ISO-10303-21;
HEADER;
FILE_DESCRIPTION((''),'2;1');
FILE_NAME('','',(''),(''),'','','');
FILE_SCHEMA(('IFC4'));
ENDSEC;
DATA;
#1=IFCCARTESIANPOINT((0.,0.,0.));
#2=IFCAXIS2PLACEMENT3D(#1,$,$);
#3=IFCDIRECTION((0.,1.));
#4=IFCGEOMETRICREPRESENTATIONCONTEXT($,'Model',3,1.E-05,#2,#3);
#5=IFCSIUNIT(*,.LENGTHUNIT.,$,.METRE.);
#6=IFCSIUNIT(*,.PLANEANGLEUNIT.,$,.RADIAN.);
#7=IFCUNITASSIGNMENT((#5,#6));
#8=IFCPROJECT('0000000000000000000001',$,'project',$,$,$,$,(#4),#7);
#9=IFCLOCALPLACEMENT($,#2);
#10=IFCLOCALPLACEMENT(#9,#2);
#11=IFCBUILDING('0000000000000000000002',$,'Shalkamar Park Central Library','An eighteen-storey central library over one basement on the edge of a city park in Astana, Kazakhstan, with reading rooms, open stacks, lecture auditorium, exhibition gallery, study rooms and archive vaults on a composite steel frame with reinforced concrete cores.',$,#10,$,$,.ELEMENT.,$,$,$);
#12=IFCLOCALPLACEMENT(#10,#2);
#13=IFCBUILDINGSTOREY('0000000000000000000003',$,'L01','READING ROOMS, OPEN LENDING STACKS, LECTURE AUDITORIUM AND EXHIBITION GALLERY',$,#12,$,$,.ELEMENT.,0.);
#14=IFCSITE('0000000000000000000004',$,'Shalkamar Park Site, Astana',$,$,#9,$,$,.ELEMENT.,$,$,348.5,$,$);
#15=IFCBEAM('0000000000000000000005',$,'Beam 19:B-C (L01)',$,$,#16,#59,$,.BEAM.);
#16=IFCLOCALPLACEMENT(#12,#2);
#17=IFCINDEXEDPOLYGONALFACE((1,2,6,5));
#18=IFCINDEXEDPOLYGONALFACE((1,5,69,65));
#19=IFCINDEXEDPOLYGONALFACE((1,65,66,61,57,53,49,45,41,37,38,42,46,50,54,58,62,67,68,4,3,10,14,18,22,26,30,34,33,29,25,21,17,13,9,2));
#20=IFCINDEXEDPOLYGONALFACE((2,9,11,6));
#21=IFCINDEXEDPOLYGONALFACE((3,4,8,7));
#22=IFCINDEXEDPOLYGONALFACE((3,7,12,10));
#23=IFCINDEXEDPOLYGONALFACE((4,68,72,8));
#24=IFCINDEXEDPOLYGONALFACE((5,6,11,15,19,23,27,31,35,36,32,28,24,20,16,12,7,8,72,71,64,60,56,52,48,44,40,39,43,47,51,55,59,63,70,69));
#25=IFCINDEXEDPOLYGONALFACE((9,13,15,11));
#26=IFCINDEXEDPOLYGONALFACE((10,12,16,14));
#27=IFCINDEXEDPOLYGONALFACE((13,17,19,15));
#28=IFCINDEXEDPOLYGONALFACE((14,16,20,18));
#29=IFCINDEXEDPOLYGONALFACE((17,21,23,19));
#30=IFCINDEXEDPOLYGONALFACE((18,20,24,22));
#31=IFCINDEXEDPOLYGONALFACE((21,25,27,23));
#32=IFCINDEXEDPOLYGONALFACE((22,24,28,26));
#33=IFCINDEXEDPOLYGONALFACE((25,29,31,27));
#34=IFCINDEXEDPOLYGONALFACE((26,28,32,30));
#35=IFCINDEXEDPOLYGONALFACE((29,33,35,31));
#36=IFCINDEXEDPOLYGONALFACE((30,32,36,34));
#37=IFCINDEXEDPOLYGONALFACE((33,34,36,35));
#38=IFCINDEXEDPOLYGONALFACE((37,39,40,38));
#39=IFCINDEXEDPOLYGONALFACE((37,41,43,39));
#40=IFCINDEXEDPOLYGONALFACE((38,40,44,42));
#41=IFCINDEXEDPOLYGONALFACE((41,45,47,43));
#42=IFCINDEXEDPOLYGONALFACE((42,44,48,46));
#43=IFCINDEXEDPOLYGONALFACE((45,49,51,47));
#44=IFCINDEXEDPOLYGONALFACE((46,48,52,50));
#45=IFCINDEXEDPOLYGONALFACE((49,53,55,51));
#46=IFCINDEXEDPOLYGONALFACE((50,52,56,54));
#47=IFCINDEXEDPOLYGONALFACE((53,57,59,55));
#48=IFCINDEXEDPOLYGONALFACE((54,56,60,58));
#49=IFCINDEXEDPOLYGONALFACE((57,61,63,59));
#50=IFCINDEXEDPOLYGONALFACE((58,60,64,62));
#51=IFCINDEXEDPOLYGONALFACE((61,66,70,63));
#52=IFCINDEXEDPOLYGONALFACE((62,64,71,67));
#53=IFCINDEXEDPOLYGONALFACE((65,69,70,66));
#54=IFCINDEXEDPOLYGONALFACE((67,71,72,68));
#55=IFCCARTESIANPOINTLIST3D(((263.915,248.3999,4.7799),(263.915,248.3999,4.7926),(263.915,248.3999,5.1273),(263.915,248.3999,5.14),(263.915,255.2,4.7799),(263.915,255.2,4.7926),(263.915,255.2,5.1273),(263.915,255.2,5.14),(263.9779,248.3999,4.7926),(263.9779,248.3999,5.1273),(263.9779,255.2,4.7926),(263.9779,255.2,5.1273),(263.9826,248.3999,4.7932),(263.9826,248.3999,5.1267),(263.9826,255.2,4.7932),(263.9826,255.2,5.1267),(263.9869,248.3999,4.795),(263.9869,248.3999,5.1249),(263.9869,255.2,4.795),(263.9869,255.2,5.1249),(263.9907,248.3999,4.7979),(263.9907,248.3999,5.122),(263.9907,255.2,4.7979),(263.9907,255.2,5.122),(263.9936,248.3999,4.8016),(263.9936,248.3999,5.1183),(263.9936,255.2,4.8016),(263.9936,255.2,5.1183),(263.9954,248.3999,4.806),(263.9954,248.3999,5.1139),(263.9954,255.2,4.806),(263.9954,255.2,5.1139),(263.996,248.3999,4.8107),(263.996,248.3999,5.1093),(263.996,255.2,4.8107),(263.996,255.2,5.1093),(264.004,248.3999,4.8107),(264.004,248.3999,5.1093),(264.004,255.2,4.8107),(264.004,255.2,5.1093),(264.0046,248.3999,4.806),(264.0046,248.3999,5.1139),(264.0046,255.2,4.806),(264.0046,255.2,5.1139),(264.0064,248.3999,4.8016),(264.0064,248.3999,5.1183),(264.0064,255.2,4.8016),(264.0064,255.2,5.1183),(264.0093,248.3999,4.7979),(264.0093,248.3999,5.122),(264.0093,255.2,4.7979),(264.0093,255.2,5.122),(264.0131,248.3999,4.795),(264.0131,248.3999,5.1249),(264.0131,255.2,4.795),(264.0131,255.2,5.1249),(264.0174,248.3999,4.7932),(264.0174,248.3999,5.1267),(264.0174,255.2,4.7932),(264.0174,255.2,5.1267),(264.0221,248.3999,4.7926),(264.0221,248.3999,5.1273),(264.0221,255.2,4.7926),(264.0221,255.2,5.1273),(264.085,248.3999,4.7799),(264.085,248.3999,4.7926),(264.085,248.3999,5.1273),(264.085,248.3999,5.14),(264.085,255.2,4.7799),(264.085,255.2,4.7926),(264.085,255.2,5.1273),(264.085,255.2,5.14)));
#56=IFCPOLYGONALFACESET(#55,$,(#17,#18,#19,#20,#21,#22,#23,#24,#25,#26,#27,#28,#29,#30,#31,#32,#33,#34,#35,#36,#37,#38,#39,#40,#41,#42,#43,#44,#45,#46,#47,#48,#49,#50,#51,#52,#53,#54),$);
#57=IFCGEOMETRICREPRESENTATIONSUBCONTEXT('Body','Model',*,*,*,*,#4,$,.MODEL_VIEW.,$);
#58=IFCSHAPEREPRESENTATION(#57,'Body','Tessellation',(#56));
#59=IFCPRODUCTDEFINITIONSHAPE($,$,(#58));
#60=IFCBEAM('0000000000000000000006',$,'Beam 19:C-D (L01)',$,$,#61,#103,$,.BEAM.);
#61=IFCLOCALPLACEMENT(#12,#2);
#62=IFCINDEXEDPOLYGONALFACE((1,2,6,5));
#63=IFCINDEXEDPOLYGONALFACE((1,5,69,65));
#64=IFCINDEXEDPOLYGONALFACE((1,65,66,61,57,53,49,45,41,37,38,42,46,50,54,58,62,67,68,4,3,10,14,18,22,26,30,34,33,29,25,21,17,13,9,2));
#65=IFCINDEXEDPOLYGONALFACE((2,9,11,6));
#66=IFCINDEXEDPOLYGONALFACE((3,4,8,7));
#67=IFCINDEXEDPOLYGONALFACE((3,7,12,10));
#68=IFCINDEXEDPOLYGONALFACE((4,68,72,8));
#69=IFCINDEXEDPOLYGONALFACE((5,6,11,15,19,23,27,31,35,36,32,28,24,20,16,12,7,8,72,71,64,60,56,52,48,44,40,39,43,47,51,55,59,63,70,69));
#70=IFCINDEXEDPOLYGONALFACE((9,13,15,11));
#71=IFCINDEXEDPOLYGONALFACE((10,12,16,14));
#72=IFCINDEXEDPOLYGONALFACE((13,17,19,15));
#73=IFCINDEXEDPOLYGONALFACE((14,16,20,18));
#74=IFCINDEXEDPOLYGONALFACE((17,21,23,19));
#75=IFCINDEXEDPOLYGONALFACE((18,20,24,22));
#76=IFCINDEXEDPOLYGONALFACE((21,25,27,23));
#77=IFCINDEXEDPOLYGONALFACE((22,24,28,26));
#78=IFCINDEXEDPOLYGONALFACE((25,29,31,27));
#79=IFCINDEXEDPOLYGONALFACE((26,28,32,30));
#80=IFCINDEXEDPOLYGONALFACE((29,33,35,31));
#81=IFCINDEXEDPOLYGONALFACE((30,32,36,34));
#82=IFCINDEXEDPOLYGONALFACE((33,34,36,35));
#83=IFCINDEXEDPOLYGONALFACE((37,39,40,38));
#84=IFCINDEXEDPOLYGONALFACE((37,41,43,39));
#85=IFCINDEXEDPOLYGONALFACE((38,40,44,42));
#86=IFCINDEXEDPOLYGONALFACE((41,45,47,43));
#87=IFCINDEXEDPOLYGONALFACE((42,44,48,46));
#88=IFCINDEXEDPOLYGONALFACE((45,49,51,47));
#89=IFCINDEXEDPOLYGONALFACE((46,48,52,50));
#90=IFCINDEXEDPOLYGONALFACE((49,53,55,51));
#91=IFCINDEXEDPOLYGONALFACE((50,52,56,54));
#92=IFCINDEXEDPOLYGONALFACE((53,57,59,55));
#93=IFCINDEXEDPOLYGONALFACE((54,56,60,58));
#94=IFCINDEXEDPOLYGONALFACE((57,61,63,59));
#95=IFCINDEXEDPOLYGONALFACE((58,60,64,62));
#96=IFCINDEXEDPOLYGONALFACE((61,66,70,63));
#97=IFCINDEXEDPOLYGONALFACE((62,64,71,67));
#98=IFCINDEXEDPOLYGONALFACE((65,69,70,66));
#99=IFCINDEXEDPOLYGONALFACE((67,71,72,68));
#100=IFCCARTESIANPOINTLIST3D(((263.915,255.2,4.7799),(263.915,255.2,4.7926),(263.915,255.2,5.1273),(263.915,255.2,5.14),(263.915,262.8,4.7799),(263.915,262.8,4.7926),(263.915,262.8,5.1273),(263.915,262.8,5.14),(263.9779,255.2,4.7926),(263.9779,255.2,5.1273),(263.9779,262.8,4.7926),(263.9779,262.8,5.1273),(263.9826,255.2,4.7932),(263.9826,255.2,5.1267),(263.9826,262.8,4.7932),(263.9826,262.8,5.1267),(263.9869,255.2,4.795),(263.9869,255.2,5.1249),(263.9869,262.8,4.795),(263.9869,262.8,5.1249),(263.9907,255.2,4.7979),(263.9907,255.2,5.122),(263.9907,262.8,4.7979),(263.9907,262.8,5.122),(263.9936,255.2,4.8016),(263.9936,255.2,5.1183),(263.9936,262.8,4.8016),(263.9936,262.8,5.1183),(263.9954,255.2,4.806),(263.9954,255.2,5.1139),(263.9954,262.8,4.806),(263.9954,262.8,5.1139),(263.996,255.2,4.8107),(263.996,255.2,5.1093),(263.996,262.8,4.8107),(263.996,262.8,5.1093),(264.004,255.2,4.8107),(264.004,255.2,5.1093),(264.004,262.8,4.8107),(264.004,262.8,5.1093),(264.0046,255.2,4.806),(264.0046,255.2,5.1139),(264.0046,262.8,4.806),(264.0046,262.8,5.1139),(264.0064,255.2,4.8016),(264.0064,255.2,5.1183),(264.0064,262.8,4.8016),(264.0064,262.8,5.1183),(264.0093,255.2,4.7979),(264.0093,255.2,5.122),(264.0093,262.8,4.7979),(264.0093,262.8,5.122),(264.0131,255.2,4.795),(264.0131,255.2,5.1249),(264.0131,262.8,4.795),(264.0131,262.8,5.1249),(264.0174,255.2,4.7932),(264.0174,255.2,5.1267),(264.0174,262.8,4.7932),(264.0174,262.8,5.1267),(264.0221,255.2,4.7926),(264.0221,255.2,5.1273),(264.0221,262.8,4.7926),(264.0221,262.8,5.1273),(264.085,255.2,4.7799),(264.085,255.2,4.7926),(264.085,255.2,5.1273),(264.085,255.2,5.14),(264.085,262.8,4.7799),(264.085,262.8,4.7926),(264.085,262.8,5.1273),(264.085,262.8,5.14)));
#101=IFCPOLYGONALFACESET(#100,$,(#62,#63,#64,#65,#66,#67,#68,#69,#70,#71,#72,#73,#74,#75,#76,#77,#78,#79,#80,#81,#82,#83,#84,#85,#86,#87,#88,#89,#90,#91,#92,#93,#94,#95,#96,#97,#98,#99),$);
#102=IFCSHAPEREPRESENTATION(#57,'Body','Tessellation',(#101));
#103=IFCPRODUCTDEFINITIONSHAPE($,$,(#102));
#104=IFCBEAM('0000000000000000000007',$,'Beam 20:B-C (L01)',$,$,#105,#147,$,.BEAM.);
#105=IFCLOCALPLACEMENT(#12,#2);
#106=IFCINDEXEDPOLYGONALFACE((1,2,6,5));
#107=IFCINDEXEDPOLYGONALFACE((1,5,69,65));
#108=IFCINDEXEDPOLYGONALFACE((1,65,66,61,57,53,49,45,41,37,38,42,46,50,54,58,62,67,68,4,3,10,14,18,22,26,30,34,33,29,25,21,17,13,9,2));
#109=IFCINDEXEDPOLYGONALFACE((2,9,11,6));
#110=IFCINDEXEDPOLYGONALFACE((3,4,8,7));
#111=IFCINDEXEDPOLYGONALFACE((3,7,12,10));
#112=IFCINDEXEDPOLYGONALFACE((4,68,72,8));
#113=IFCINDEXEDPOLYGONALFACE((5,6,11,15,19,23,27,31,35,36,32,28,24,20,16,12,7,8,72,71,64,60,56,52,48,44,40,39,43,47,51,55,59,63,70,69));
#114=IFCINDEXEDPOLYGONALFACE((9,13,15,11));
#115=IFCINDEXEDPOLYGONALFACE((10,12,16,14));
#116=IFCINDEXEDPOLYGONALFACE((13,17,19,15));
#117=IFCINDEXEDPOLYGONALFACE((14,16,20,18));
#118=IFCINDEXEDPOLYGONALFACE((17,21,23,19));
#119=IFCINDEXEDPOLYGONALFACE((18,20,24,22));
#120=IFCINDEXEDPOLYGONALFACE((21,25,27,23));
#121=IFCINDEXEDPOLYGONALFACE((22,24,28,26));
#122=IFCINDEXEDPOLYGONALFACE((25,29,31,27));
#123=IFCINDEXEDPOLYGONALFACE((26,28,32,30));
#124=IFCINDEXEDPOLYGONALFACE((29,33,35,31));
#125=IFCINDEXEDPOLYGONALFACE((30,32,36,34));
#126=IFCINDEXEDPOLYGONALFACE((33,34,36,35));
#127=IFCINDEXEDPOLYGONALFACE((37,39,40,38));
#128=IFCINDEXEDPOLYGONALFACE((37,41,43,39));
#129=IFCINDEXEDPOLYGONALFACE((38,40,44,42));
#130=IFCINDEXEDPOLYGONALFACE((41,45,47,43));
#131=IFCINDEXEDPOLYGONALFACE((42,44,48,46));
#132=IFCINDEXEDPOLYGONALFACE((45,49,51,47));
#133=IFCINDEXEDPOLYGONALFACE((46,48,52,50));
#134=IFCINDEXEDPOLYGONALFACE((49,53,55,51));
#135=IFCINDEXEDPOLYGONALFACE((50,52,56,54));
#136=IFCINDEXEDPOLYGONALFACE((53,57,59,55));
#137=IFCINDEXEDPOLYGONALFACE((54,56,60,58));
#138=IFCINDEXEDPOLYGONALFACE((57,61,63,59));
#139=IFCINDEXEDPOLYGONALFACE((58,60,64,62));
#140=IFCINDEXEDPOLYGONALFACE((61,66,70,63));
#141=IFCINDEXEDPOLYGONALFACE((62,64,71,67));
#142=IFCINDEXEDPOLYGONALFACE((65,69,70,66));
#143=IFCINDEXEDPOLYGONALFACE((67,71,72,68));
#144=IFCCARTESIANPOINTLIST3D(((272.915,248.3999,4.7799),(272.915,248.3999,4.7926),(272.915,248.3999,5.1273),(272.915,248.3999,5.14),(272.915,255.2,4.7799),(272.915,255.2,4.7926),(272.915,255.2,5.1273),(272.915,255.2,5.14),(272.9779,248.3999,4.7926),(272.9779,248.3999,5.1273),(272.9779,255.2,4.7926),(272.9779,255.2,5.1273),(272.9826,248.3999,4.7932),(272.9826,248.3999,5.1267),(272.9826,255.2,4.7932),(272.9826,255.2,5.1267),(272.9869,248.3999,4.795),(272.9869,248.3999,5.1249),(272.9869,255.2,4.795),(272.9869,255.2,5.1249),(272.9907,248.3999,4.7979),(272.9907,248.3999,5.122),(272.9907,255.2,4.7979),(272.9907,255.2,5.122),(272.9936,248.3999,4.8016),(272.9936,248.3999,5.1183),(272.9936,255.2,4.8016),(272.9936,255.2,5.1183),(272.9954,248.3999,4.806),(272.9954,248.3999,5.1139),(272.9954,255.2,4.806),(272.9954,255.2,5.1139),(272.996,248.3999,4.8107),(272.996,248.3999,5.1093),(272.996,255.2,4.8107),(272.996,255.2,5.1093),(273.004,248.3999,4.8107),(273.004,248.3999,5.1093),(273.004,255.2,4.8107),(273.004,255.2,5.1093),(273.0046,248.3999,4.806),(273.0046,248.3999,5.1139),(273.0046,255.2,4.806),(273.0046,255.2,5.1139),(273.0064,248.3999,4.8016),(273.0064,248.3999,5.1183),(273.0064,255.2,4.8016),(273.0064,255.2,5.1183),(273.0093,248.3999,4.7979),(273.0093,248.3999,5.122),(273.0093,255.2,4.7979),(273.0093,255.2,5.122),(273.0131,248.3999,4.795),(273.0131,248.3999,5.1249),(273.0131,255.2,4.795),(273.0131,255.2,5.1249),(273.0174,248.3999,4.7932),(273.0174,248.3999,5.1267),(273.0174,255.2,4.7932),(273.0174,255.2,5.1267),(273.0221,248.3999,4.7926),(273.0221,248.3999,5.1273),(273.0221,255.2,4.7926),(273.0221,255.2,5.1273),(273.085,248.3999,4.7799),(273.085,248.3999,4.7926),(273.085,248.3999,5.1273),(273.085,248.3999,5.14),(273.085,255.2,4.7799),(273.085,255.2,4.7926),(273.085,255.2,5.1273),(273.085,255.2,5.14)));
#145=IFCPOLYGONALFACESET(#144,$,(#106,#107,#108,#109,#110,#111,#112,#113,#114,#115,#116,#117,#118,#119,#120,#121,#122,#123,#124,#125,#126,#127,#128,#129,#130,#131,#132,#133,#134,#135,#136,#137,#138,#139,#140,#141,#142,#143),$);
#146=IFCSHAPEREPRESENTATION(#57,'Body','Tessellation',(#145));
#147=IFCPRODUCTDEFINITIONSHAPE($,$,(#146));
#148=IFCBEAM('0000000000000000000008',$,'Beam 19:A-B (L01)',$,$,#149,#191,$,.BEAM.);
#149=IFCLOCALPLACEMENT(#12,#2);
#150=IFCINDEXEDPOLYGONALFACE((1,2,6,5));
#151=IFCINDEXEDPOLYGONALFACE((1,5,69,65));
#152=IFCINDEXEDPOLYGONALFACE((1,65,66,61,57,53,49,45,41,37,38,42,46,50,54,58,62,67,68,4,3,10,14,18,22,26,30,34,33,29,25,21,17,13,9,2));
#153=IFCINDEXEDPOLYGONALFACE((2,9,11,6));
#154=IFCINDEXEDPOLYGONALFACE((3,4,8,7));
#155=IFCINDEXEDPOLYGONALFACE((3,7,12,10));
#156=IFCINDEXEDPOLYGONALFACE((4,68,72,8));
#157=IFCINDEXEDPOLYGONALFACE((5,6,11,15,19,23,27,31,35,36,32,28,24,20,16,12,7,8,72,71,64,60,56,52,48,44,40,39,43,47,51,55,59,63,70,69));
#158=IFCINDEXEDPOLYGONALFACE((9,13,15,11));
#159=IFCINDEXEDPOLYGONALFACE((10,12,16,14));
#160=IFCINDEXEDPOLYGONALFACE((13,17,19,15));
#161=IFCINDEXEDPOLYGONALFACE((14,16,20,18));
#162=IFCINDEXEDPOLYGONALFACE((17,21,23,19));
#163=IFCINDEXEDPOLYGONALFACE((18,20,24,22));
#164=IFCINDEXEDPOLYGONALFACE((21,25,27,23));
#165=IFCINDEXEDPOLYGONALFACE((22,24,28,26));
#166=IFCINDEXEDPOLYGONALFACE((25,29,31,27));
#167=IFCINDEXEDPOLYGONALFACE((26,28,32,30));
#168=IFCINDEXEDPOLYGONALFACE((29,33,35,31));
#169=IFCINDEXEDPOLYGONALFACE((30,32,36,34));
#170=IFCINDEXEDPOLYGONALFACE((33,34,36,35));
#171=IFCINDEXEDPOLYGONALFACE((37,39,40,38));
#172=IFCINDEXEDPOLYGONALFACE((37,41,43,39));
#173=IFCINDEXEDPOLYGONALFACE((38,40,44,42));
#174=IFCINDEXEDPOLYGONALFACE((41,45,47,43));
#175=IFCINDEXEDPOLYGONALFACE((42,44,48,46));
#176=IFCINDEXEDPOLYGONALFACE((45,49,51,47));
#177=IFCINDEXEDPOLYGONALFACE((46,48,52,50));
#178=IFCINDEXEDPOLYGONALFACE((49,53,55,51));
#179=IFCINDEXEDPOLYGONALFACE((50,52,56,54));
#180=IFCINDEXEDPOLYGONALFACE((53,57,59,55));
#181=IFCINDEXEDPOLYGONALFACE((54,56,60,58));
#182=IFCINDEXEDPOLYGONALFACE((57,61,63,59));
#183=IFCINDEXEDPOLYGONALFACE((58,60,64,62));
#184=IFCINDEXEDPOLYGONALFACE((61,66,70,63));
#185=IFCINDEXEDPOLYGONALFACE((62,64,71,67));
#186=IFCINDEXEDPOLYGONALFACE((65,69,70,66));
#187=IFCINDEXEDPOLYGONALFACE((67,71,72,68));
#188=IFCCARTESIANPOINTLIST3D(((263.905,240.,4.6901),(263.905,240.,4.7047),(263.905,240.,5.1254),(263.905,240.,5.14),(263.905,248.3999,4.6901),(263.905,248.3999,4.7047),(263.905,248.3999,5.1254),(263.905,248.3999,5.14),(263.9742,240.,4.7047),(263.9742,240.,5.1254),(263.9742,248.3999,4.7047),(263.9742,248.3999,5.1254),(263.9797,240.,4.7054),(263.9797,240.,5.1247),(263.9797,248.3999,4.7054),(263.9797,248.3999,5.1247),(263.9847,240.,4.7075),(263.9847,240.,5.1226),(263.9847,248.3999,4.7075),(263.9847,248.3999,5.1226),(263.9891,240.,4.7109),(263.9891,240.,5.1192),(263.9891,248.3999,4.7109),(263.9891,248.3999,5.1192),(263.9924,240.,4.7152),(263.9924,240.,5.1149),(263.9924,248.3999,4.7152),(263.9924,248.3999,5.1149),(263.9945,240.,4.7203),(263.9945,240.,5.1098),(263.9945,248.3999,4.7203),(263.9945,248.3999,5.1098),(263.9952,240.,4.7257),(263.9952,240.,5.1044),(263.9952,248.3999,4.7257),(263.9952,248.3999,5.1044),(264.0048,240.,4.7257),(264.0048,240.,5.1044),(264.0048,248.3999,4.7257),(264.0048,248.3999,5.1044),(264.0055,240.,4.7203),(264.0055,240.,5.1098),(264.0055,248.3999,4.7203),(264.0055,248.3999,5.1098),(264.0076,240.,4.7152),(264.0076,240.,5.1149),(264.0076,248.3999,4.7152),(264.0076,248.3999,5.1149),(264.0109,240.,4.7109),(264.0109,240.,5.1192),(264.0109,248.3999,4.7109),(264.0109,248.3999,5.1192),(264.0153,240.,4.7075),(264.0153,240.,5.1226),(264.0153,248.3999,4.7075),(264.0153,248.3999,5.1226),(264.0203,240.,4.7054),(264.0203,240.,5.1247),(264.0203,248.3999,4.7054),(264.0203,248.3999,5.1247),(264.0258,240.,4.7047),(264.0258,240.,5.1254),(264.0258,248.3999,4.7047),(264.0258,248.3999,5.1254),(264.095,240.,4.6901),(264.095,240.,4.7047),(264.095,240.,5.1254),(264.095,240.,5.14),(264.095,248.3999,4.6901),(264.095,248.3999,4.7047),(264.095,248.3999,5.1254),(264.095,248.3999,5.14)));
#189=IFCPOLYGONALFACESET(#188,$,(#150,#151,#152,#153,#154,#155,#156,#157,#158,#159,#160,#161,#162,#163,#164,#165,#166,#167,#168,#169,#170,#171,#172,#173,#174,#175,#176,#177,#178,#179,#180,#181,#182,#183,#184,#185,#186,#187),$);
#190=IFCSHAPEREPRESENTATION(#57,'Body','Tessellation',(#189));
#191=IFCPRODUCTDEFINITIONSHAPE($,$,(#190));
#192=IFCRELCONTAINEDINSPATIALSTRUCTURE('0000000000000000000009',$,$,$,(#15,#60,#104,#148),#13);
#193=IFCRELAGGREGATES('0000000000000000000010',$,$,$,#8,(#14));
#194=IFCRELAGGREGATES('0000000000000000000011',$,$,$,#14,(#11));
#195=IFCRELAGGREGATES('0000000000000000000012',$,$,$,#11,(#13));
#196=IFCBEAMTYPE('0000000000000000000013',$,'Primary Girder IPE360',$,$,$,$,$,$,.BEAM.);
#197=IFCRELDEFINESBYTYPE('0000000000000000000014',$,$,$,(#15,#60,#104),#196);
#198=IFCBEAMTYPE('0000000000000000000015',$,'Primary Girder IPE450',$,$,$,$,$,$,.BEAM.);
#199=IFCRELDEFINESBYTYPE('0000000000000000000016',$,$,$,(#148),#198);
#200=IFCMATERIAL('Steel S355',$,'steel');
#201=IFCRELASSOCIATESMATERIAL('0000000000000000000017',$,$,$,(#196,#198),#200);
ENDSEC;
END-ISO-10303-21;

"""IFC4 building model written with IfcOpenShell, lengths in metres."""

from ifc_helpers import new_model, si_unit, direction, frame, origin, origin_2d, place, context, subcontext, project, spatial, i_section, extrude, material, material_profile, profile_set, type_object, element, save


model = new_model("IFC4")

# Units and contexts
model_context = context("Model", 3, precision=1e-05, world=origin(), true_north=direction((0.0, 1.0)))
body_context = subcontext(model_context, "Body", "Model", "MODEL_VIEW")
ifc_project = project(units=[si_unit("LENGTHUNIT", "METRE"), si_unit("PLANEANGLEUNIT", "RADIAN")], contexts=[model_context])

# Site, building, storey
site_placement = place(None, origin())
site = spatial("IfcSite", under=ifc_project, at=site_placement, Name="Shalkamar Park Site, Astana", CompositionType="ELEMENT", RefElevation=348.5)
building_placement = place(site_placement, origin())
building = spatial("IfcBuilding", under=site, at=building_placement, Name="Shalkamar Park Central Library", Description="An eighteen-storey central library over one basement on the edge of a city park in Astana, Kazakhstan, with reading rooms, open stacks, lecture auditorium, exhibition gallery, study rooms and archive vaults on a composite steel frame with reinforced concrete cores.", CompositionType="ELEMENT")
storey_placement = place(building_placement, origin())
storey = spatial("IfcBuildingStorey", under=building, at=storey_placement, Name="L01", Description="READING ROOMS, OPEN LENDING STACKS, LECTURE AUDITORIUM AND EXHIBITION GALLERY", CompositionType="ELEMENT", Elevation=0.0)

# Shared definitions
ifc_material_1 = material(Name="Steel S355", Category="steel")

# Beams
ifc_material_profile_1 = material_profile(ifc_material_1, i_section(OverallWidth=0.1699, OverallDepth=0.3601, WebThickness=0.0081, FlangeThickness=0.0127, FilletRadius=0.0181, at=origin_2d()), Name="IPE 360")
ifc_profile_set_1 = profile_set([ifc_material_profile_1], Name="Steel S355")
beam_type_1 = type_object("IfcBeamType", Name="Primary Girder IPE360", PredefinedType="BEAM", material=ifc_profile_set_1)
beam_1_placement = place(storey_placement, frame((264.0, 248.3999, 4.96), z_axis=(0.0, 1.0, 0.0), x_axis=(-1.0, 0.0, 0.0)))
element("IfcBeam", 1, at=beam_1_placement, inside=storey, type_object=beam_type_1, Name="Beam 19:B-C (L01)", PredefinedType="BEAM", context=body_context, shape_type="SweptSolid", body=[
    extrude(i_section(OverallWidth=0.1699, OverallDepth=0.3601, WebThickness=0.0081, FlangeThickness=0.0127, FilletRadius=0.0181, at=origin_2d()), origin(), (0.0, 0.0, 1.0), 6.8),
])
beam_2_placement = place(storey_placement, frame((264.0, 255.2, 4.96), z_axis=(0.0, 1.0, 0.0), x_axis=(-1.0, 0.0, 0.0)))
element("IfcBeam", 2, at=beam_2_placement, inside=storey, type_object=beam_type_1, Name="Beam 19:C-D (L01)", PredefinedType="BEAM", context=body_context, shape_type="SweptSolid", body=[
    extrude(i_section(OverallWidth=0.1699, OverallDepth=0.3601, WebThickness=0.0081, FlangeThickness=0.0127, FilletRadius=0.0181, at=origin_2d()), origin(), (0.0, 0.0, 1.0), 7.6001),
])
beam_3_placement = place(storey_placement, frame((273.0, 248.3999, 4.96), z_axis=(0.0, 1.0, 0.0), x_axis=(-1.0, 0.0, 0.0)))
element("IfcBeam", 3, at=beam_3_placement, inside=storey, type_object=beam_type_1, Name="Beam 20:B-C (L01)", PredefinedType="BEAM", context=body_context, shape_type="SweptSolid", body=[
    extrude(i_section(OverallWidth=0.1699, OverallDepth=0.3601, WebThickness=0.0081, FlangeThickness=0.0127, FilletRadius=0.0181, at=origin_2d()), origin(), (0.0, 0.0, 1.0), 6.8),
])
ifc_material_profile_2 = material_profile(ifc_material_1, i_section(OverallWidth=0.1899, OverallDepth=0.45, WebThickness=0.0095, FlangeThickness=0.0146, FilletRadius=0.021, at=origin_2d()), Name="IPE 450")
ifc_profile_set_2 = profile_set([ifc_material_profile_2], Name="Steel S355")
beam_type_2 = type_object("IfcBeamType", Name="Primary Girder IPE450", PredefinedType="BEAM", material=ifc_profile_set_2)
for number, where, z_axis, x_axis, name in (
    (4, (264.0, 240.0, 4.915), (0.0, 1.0, 0.0), (-1.0, 0.0, 0.0), "Beam 19:A-B (L01)"),
):
    element("IfcBeam", number, at=place(storey_placement, frame(where, z_axis=z_axis, x_axis=x_axis)), inside=storey, type_object=beam_type_2, Name=name, PredefinedType="BEAM", context=body_context, shape_type="SweptSolid", body=[
        extrude(i_section(OverallWidth=0.1899, OverallDepth=0.45, WebThickness=0.0095, FlangeThickness=0.0146, FilletRadius=0.021, at=origin_2d()), origin(), (0.0, 0.0, 1.0), 8.3999),
    ])

save(model, "model.ifc")
